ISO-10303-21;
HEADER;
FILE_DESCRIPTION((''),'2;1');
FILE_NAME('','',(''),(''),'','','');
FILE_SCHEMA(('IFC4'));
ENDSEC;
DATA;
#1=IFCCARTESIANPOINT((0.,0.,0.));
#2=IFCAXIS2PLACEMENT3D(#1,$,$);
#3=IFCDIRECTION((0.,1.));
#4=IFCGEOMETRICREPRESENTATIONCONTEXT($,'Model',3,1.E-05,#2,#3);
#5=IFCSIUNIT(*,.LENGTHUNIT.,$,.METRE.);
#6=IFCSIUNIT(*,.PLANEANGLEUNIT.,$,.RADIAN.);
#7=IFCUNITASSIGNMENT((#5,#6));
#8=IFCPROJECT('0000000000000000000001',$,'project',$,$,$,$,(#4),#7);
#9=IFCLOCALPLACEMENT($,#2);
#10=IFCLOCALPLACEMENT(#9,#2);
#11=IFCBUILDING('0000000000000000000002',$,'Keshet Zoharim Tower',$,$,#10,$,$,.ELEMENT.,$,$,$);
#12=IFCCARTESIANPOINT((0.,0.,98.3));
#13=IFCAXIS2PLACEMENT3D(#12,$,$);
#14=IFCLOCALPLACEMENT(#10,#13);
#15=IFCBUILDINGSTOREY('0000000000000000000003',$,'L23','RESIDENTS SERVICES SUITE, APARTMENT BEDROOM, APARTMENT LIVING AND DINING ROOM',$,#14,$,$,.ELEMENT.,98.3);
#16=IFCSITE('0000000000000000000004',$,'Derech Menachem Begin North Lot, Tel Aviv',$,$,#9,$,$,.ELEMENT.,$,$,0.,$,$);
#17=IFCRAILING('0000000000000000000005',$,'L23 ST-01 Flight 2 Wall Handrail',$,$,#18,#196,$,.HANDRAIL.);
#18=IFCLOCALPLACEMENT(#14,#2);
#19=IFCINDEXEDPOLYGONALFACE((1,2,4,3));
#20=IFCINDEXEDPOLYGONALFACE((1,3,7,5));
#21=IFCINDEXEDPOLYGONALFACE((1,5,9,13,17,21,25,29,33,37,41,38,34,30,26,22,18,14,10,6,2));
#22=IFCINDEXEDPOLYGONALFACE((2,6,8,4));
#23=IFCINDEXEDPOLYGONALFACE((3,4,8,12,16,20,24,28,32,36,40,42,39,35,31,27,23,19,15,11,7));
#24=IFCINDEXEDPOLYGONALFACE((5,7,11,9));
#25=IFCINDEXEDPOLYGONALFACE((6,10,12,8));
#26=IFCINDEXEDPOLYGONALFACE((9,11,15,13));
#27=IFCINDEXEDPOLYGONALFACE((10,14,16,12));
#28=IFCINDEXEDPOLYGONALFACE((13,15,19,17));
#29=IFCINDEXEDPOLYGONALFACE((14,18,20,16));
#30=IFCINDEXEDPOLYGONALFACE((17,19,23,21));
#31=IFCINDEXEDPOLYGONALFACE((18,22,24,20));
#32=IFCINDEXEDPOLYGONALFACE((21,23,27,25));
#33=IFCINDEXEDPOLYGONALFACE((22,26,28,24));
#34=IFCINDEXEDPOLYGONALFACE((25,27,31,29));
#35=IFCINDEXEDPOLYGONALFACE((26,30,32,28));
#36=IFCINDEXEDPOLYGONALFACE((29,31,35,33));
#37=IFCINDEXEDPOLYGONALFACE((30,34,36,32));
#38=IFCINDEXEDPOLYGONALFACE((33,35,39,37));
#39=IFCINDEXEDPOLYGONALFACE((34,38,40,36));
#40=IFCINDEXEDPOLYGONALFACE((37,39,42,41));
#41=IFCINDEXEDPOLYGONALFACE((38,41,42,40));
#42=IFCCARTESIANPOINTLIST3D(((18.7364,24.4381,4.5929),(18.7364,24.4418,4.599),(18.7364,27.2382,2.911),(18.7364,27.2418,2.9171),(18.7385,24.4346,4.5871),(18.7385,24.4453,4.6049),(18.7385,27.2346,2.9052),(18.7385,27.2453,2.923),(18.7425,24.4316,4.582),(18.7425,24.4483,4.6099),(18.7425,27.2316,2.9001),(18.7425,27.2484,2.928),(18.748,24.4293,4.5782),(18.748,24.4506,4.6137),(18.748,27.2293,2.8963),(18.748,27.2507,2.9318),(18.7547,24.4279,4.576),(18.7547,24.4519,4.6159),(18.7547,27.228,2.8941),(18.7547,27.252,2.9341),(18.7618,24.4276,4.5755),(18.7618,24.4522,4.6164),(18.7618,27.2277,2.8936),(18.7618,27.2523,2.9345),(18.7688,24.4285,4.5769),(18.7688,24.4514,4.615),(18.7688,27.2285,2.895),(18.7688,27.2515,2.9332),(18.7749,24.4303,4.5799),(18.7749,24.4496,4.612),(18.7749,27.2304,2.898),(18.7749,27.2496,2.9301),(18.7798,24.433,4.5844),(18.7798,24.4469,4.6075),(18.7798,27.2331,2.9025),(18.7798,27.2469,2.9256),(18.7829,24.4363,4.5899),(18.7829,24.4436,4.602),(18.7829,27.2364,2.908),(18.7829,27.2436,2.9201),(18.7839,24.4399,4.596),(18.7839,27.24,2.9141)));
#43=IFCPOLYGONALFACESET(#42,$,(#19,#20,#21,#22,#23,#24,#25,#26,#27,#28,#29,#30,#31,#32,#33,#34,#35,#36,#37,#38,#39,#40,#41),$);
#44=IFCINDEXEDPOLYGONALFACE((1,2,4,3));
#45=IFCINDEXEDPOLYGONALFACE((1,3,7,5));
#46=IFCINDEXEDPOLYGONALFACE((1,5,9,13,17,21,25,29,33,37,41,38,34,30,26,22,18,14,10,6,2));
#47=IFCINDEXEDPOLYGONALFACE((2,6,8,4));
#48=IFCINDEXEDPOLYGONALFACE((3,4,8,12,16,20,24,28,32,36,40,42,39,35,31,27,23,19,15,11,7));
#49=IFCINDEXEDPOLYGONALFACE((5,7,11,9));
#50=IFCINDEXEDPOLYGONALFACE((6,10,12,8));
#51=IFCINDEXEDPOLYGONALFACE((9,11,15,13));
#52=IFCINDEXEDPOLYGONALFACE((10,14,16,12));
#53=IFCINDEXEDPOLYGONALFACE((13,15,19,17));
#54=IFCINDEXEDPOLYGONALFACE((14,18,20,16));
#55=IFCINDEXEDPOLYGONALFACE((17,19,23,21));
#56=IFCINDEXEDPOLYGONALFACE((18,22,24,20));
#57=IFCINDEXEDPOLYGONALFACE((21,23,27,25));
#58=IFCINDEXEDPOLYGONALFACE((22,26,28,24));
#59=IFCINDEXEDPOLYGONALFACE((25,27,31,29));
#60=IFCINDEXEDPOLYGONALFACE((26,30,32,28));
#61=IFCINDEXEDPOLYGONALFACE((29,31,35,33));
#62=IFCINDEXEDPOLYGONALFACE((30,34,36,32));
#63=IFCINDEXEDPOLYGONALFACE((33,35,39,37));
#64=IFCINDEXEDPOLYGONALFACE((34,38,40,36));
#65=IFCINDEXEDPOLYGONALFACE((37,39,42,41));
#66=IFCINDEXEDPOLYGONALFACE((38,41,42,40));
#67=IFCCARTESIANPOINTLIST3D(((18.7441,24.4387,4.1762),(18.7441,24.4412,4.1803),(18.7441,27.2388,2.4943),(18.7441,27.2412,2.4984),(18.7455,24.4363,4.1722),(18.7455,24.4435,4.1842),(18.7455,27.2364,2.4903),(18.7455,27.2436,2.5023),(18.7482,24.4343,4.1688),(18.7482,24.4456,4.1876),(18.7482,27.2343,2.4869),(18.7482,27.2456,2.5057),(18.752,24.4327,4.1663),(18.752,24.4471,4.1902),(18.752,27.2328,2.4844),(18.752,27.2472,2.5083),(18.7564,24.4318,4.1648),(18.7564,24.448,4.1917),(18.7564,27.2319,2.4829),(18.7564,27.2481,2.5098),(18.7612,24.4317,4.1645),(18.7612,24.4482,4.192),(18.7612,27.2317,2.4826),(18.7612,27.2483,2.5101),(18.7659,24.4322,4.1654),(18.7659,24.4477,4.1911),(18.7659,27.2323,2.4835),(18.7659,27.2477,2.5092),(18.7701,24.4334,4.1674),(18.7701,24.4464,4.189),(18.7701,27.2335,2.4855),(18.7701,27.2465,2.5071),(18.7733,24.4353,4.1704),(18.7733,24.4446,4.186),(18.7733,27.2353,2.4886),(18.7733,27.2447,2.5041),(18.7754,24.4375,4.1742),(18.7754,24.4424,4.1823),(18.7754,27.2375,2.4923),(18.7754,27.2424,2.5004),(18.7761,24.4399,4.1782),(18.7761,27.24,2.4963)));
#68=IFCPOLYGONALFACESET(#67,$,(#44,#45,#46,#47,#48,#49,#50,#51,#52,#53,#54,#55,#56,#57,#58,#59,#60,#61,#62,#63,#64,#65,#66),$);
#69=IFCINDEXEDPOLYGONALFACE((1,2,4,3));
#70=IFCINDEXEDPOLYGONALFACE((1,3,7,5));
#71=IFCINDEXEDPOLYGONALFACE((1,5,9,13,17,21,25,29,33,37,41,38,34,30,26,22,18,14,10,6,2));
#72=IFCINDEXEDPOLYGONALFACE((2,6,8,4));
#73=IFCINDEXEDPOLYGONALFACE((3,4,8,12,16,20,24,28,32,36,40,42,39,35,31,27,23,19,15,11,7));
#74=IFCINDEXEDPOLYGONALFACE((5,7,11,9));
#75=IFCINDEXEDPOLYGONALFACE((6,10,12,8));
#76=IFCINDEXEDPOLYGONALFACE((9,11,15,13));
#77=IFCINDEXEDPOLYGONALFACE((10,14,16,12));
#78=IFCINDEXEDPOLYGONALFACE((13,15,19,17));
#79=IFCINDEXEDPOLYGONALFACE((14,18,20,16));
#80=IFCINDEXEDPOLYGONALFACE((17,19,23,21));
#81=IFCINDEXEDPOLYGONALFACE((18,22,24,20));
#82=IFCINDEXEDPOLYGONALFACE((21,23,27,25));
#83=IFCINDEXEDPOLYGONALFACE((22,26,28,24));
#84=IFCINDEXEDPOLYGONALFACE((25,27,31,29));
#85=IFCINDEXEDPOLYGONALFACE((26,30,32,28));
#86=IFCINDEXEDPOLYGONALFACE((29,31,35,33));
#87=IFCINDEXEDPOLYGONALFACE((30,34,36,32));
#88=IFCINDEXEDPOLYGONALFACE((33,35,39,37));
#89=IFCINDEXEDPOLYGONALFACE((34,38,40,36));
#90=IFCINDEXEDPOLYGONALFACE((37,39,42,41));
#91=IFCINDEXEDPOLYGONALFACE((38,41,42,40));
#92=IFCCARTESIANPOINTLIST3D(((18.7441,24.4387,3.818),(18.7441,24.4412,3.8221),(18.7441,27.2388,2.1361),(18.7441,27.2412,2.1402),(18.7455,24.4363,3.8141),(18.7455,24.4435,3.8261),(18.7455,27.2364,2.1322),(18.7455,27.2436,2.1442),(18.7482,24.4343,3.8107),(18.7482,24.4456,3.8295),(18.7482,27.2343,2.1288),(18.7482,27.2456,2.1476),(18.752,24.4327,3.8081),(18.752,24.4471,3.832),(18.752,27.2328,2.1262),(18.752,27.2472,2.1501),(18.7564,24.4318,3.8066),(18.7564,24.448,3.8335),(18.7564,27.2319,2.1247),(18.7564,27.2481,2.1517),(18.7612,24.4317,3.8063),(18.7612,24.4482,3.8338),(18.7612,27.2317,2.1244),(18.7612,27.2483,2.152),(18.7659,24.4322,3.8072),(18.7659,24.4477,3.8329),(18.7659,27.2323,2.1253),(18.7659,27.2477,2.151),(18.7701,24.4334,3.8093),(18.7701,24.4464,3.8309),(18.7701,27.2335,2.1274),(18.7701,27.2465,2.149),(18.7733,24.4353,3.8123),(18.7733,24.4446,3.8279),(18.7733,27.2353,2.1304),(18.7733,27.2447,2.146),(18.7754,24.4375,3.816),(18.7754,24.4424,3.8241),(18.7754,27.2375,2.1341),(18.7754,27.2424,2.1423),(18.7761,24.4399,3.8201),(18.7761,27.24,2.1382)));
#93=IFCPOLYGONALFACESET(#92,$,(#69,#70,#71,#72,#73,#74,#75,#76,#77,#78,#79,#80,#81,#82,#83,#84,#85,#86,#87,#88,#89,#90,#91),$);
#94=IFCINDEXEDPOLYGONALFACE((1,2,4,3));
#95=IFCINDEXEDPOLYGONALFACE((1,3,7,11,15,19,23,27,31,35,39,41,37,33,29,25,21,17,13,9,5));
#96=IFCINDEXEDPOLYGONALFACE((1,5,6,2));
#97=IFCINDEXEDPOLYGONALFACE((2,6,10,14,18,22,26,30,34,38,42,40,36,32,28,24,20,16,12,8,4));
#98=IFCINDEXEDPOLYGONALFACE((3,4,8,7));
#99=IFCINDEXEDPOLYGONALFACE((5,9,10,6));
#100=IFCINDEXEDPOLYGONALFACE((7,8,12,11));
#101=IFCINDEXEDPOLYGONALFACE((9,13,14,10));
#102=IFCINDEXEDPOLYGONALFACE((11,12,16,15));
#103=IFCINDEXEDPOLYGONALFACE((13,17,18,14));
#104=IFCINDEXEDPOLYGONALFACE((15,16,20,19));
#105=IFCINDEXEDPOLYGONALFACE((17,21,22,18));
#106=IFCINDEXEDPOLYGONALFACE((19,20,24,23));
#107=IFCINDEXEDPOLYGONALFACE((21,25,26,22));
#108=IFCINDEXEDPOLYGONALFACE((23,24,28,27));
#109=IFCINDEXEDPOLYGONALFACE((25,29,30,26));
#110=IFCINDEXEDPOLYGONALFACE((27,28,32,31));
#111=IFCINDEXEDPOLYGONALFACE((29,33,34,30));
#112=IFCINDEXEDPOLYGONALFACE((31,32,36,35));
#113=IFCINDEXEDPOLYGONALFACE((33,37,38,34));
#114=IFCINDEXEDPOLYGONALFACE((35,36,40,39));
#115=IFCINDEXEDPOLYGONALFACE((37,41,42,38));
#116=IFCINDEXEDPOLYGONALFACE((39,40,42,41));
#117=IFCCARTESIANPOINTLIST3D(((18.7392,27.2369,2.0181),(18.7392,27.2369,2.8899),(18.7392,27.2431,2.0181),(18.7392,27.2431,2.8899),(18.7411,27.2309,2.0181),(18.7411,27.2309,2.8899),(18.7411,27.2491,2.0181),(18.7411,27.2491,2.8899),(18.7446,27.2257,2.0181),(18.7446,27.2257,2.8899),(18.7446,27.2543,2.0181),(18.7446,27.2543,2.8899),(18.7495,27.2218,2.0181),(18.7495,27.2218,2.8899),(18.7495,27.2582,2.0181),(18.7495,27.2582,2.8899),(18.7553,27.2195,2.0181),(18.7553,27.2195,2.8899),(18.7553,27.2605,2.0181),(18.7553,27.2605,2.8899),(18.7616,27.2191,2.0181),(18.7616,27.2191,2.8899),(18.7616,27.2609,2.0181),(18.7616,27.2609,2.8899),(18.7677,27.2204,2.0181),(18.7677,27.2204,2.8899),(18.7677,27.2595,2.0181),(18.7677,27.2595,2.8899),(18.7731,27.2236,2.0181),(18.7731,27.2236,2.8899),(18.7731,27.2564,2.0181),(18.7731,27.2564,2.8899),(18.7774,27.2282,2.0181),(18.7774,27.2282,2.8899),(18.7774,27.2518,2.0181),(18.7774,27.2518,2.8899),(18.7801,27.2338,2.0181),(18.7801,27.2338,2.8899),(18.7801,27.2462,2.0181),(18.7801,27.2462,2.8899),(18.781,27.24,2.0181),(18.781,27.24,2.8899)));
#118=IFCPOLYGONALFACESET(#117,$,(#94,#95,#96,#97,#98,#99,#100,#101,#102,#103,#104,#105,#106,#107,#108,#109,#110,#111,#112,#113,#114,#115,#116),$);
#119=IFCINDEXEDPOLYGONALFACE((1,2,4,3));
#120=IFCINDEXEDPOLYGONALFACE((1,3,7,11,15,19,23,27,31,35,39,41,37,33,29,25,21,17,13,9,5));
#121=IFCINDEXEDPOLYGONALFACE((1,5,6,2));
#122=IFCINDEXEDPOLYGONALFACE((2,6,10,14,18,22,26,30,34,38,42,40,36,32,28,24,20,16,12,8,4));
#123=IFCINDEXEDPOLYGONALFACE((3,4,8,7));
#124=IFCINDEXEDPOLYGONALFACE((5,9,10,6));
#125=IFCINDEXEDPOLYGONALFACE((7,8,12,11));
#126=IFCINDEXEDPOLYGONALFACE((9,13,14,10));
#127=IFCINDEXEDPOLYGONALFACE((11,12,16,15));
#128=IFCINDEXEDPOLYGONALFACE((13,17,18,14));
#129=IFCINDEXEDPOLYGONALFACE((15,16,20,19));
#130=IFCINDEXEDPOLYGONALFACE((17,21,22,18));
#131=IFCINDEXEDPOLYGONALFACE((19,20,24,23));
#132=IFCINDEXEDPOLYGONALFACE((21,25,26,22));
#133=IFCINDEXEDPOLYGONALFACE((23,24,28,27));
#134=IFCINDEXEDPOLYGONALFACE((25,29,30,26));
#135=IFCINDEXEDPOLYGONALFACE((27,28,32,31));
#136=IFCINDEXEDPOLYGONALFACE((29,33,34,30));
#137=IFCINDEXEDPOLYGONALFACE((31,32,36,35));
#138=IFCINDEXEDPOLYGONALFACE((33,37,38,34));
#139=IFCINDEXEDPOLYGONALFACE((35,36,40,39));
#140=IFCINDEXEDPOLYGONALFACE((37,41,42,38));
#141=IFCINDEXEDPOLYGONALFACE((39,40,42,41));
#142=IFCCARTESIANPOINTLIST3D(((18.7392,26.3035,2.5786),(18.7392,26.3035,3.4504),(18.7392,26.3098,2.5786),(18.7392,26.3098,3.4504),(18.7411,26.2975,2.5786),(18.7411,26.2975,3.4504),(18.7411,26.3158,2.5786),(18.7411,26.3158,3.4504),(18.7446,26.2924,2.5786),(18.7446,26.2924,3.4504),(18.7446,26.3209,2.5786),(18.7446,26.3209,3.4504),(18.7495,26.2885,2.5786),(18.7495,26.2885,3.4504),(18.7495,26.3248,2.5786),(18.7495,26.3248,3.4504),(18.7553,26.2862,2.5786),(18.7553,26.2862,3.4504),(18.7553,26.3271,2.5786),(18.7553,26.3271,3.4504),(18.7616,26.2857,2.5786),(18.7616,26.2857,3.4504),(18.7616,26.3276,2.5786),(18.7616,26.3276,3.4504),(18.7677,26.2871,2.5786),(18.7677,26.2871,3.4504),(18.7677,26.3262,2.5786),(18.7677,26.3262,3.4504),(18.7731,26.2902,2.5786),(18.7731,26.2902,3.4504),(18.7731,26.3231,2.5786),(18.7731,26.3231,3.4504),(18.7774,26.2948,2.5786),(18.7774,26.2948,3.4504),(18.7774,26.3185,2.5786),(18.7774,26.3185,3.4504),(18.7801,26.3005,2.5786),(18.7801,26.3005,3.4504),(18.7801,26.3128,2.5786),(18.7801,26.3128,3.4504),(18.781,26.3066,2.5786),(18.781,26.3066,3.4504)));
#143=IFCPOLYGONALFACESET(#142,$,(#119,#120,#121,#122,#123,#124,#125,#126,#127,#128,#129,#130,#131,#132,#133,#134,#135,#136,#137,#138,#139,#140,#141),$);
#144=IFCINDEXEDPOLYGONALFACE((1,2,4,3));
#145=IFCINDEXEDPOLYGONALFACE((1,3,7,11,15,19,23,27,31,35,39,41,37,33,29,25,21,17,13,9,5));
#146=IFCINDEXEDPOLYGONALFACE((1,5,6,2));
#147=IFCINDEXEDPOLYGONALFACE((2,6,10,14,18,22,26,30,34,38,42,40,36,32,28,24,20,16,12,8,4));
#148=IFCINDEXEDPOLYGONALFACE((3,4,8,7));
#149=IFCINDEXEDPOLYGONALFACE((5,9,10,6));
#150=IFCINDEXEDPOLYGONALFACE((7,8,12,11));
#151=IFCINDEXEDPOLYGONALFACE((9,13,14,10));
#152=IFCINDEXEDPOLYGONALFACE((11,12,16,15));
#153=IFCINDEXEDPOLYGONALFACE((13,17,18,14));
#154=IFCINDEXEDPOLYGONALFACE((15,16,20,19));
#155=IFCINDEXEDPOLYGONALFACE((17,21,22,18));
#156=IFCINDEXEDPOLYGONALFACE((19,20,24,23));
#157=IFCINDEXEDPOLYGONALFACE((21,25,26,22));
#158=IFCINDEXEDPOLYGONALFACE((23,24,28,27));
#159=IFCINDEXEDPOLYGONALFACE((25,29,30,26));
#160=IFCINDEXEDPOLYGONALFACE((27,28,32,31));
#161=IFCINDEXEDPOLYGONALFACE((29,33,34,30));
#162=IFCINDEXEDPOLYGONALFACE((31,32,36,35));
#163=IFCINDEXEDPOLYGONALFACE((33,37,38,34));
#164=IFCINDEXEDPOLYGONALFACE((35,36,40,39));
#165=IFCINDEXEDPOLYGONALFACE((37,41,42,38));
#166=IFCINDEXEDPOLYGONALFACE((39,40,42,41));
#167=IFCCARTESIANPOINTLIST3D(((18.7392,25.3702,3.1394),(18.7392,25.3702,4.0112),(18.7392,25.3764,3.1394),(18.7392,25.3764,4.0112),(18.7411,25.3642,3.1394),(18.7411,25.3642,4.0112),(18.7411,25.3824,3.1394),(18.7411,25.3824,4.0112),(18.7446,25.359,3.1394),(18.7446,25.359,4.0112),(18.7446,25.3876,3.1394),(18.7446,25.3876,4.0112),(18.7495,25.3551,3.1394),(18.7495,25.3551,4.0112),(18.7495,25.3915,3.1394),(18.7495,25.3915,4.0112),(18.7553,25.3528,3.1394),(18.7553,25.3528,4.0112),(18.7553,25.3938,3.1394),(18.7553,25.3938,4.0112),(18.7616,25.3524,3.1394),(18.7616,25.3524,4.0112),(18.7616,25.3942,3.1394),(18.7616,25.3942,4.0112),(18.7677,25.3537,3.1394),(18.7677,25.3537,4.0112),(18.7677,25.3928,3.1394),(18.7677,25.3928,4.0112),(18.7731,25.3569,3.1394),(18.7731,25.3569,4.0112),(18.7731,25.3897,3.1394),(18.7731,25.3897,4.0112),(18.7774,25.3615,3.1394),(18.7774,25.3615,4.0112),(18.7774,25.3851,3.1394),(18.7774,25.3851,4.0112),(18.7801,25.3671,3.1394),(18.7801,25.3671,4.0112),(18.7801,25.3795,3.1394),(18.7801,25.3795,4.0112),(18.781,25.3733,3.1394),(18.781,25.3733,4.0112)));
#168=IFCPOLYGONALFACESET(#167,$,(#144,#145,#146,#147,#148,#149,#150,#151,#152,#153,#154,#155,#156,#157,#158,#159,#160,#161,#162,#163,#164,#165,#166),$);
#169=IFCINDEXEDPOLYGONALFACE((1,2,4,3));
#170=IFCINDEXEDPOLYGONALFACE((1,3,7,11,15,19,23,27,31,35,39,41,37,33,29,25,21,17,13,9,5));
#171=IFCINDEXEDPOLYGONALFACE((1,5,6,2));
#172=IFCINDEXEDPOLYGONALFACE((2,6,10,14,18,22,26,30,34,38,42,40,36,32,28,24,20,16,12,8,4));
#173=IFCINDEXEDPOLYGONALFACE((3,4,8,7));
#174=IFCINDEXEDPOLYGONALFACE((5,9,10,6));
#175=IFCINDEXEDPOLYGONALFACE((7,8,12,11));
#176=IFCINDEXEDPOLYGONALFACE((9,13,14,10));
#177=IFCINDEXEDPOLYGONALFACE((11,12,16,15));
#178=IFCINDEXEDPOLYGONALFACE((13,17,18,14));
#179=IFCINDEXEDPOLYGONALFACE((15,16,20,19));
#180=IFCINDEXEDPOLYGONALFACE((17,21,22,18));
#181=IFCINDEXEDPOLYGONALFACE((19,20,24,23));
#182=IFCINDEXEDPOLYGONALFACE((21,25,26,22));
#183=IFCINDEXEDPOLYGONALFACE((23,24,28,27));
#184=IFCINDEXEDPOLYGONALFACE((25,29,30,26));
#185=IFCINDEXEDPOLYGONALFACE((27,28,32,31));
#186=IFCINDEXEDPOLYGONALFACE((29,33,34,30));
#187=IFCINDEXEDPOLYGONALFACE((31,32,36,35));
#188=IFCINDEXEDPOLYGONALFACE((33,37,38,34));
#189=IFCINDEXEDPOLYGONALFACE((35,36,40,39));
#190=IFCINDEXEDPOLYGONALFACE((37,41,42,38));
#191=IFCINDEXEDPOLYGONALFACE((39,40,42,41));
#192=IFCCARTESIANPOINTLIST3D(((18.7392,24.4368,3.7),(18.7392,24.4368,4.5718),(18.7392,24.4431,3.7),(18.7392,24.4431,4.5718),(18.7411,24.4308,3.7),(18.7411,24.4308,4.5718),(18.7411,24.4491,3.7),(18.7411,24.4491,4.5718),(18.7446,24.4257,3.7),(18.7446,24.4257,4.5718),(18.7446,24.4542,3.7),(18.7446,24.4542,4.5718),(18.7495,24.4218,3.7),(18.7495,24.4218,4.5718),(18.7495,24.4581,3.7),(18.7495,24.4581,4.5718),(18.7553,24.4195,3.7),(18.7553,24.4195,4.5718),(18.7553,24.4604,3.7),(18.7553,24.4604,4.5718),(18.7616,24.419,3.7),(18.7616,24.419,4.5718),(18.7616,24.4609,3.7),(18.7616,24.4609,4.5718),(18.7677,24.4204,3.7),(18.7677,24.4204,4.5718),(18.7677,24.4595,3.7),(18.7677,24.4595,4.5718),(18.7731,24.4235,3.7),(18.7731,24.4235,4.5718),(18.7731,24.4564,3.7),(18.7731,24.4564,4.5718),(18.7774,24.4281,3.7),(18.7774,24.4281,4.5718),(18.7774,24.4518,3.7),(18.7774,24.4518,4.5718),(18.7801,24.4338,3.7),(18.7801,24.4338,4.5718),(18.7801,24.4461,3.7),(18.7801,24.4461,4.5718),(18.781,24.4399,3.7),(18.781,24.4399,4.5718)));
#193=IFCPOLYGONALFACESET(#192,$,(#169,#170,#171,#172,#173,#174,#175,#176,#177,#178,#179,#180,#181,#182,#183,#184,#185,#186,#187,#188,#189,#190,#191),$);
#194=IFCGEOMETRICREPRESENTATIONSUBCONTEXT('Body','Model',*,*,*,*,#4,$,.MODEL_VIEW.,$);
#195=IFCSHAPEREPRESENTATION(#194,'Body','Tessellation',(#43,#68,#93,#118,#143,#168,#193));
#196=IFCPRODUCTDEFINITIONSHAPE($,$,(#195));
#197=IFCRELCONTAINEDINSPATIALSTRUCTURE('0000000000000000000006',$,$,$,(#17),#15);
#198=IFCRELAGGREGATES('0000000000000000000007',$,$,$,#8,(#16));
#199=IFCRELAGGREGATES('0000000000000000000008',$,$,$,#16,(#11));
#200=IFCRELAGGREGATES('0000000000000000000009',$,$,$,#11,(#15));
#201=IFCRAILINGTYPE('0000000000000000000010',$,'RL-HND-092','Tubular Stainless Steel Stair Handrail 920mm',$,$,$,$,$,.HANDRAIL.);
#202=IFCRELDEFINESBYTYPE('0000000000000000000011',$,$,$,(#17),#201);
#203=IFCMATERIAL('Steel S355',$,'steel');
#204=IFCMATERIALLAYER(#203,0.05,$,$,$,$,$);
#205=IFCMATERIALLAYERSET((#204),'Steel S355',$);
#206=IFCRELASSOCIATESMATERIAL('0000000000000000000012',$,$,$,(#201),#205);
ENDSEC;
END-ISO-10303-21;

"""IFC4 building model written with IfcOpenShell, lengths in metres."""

from ifc_helpers import new_model, si_unit, direction, frame, origin, origin_2d, place, context, subcontext, project, spatial, circle, extrude, material, layer, layer_set, type_object, element, save


model = new_model("IFC4")

# Units and contexts
model_context = context("Model", 3, precision=1e-05, world=origin(), true_north=direction((0.0, 1.0)))
body_context = subcontext(model_context, "Body", "Model", "MODEL_VIEW")
ifc_project = project(units=[si_unit("LENGTHUNIT", "METRE"), si_unit("PLANEANGLEUNIT", "RADIAN")], contexts=[model_context])

# Site, building, storey
site_placement = place(None, origin())
site = spatial("IfcSite", under=ifc_project, at=site_placement, Name="Derech Menachem Begin North Lot, Tel Aviv", CompositionType="ELEMENT", RefElevation=0.0)
building_placement = place(site_placement, origin())
building = spatial("IfcBuilding", under=site, at=building_placement, Name="Keshet Zoharim Tower", CompositionType="ELEMENT")
storey_placement = place(building_placement, frame((0.0, 0.0, 98.3)))
storey = spatial("IfcBuildingStorey", under=building, at=storey_placement, Name="L23", Description="RESIDENTS SERVICES SUITE, APARTMENT BEDROOM, APARTMENT LIVING AND DINING ROOM", CompositionType="ELEMENT", Elevation=98.3)

# Shared definitions
ifc_material_1 = material(Name="Steel S355", Category="steel")

# Railing
ifc_layer_1 = layer(ifc_material_1, 0.05)
ifc_layer_set_1 = layer_set([ifc_layer_1], Name="Steel S355")
railing_type_1 = type_object("IfcRailingType", Name="RL-HND-092", Description="Tubular Stainless Steel Stair Handrail 920mm", PredefinedType="HANDRAIL", material=ifc_layer_set_1)
for number, where, name in (
    (1, (18.76, 27.24, 2.0181), "L23 ST-01 Flight 2 Wall Handrail"),
):
    element("IfcRailing", number, at=place(storey_placement, frame(where)), inside=storey, type_object=railing_type_1, Name=name, PredefinedType="HANDRAIL", context=body_context, shape_type="SweptSolid", body=[
        extrude(circle(Radius=0.0239, at=origin_2d()), frame((0.0, 0.0, 0.896), z_axis=(0.0, -0.857242, 0.514913), x_axis=(1.0, 0.0, 0.0)), (0.0, 0.0, 1.0), 3.2664),
        extrude(circle(Radius=0.0161, at=origin_2d()), frame((0.0, 0.0, 0.4783), z_axis=(0.0, -0.857242, 0.514913), x_axis=(1.0, 0.0, 0.0)), (0.0, 0.0, 1.0), 3.2664),
        extrude(circle(Radius=0.0161, at=origin_2d()), frame((0.0, 0.0, 0.1201), z_axis=(0.0, -0.857242, 0.514913), x_axis=(1.0, 0.0, 0.0)), (0.0, 0.0, 1.0), 3.2664),
        extrude(circle(Radius=0.021, at=origin_2d()), origin(), (0.0, 0.0, 1.0), 0.8718),
        extrude(circle(Radius=0.021, at=origin_2d()), frame((0.0, -0.9333, 0.5605)), (0.0, 0.0, 1.0), 0.8718),
        extrude(circle(Radius=0.021, at=origin_2d()), frame((0.0, -1.8667, 1.1213)), (0.0, 0.0, 1.0), 0.8718),
        extrude(circle(Radius=0.021, at=origin_2d()), frame((0.0, -2.8, 1.6819)), (0.0, 0.0, 1.0), 0.8718),
    ])

save(model, "model.ifc")
